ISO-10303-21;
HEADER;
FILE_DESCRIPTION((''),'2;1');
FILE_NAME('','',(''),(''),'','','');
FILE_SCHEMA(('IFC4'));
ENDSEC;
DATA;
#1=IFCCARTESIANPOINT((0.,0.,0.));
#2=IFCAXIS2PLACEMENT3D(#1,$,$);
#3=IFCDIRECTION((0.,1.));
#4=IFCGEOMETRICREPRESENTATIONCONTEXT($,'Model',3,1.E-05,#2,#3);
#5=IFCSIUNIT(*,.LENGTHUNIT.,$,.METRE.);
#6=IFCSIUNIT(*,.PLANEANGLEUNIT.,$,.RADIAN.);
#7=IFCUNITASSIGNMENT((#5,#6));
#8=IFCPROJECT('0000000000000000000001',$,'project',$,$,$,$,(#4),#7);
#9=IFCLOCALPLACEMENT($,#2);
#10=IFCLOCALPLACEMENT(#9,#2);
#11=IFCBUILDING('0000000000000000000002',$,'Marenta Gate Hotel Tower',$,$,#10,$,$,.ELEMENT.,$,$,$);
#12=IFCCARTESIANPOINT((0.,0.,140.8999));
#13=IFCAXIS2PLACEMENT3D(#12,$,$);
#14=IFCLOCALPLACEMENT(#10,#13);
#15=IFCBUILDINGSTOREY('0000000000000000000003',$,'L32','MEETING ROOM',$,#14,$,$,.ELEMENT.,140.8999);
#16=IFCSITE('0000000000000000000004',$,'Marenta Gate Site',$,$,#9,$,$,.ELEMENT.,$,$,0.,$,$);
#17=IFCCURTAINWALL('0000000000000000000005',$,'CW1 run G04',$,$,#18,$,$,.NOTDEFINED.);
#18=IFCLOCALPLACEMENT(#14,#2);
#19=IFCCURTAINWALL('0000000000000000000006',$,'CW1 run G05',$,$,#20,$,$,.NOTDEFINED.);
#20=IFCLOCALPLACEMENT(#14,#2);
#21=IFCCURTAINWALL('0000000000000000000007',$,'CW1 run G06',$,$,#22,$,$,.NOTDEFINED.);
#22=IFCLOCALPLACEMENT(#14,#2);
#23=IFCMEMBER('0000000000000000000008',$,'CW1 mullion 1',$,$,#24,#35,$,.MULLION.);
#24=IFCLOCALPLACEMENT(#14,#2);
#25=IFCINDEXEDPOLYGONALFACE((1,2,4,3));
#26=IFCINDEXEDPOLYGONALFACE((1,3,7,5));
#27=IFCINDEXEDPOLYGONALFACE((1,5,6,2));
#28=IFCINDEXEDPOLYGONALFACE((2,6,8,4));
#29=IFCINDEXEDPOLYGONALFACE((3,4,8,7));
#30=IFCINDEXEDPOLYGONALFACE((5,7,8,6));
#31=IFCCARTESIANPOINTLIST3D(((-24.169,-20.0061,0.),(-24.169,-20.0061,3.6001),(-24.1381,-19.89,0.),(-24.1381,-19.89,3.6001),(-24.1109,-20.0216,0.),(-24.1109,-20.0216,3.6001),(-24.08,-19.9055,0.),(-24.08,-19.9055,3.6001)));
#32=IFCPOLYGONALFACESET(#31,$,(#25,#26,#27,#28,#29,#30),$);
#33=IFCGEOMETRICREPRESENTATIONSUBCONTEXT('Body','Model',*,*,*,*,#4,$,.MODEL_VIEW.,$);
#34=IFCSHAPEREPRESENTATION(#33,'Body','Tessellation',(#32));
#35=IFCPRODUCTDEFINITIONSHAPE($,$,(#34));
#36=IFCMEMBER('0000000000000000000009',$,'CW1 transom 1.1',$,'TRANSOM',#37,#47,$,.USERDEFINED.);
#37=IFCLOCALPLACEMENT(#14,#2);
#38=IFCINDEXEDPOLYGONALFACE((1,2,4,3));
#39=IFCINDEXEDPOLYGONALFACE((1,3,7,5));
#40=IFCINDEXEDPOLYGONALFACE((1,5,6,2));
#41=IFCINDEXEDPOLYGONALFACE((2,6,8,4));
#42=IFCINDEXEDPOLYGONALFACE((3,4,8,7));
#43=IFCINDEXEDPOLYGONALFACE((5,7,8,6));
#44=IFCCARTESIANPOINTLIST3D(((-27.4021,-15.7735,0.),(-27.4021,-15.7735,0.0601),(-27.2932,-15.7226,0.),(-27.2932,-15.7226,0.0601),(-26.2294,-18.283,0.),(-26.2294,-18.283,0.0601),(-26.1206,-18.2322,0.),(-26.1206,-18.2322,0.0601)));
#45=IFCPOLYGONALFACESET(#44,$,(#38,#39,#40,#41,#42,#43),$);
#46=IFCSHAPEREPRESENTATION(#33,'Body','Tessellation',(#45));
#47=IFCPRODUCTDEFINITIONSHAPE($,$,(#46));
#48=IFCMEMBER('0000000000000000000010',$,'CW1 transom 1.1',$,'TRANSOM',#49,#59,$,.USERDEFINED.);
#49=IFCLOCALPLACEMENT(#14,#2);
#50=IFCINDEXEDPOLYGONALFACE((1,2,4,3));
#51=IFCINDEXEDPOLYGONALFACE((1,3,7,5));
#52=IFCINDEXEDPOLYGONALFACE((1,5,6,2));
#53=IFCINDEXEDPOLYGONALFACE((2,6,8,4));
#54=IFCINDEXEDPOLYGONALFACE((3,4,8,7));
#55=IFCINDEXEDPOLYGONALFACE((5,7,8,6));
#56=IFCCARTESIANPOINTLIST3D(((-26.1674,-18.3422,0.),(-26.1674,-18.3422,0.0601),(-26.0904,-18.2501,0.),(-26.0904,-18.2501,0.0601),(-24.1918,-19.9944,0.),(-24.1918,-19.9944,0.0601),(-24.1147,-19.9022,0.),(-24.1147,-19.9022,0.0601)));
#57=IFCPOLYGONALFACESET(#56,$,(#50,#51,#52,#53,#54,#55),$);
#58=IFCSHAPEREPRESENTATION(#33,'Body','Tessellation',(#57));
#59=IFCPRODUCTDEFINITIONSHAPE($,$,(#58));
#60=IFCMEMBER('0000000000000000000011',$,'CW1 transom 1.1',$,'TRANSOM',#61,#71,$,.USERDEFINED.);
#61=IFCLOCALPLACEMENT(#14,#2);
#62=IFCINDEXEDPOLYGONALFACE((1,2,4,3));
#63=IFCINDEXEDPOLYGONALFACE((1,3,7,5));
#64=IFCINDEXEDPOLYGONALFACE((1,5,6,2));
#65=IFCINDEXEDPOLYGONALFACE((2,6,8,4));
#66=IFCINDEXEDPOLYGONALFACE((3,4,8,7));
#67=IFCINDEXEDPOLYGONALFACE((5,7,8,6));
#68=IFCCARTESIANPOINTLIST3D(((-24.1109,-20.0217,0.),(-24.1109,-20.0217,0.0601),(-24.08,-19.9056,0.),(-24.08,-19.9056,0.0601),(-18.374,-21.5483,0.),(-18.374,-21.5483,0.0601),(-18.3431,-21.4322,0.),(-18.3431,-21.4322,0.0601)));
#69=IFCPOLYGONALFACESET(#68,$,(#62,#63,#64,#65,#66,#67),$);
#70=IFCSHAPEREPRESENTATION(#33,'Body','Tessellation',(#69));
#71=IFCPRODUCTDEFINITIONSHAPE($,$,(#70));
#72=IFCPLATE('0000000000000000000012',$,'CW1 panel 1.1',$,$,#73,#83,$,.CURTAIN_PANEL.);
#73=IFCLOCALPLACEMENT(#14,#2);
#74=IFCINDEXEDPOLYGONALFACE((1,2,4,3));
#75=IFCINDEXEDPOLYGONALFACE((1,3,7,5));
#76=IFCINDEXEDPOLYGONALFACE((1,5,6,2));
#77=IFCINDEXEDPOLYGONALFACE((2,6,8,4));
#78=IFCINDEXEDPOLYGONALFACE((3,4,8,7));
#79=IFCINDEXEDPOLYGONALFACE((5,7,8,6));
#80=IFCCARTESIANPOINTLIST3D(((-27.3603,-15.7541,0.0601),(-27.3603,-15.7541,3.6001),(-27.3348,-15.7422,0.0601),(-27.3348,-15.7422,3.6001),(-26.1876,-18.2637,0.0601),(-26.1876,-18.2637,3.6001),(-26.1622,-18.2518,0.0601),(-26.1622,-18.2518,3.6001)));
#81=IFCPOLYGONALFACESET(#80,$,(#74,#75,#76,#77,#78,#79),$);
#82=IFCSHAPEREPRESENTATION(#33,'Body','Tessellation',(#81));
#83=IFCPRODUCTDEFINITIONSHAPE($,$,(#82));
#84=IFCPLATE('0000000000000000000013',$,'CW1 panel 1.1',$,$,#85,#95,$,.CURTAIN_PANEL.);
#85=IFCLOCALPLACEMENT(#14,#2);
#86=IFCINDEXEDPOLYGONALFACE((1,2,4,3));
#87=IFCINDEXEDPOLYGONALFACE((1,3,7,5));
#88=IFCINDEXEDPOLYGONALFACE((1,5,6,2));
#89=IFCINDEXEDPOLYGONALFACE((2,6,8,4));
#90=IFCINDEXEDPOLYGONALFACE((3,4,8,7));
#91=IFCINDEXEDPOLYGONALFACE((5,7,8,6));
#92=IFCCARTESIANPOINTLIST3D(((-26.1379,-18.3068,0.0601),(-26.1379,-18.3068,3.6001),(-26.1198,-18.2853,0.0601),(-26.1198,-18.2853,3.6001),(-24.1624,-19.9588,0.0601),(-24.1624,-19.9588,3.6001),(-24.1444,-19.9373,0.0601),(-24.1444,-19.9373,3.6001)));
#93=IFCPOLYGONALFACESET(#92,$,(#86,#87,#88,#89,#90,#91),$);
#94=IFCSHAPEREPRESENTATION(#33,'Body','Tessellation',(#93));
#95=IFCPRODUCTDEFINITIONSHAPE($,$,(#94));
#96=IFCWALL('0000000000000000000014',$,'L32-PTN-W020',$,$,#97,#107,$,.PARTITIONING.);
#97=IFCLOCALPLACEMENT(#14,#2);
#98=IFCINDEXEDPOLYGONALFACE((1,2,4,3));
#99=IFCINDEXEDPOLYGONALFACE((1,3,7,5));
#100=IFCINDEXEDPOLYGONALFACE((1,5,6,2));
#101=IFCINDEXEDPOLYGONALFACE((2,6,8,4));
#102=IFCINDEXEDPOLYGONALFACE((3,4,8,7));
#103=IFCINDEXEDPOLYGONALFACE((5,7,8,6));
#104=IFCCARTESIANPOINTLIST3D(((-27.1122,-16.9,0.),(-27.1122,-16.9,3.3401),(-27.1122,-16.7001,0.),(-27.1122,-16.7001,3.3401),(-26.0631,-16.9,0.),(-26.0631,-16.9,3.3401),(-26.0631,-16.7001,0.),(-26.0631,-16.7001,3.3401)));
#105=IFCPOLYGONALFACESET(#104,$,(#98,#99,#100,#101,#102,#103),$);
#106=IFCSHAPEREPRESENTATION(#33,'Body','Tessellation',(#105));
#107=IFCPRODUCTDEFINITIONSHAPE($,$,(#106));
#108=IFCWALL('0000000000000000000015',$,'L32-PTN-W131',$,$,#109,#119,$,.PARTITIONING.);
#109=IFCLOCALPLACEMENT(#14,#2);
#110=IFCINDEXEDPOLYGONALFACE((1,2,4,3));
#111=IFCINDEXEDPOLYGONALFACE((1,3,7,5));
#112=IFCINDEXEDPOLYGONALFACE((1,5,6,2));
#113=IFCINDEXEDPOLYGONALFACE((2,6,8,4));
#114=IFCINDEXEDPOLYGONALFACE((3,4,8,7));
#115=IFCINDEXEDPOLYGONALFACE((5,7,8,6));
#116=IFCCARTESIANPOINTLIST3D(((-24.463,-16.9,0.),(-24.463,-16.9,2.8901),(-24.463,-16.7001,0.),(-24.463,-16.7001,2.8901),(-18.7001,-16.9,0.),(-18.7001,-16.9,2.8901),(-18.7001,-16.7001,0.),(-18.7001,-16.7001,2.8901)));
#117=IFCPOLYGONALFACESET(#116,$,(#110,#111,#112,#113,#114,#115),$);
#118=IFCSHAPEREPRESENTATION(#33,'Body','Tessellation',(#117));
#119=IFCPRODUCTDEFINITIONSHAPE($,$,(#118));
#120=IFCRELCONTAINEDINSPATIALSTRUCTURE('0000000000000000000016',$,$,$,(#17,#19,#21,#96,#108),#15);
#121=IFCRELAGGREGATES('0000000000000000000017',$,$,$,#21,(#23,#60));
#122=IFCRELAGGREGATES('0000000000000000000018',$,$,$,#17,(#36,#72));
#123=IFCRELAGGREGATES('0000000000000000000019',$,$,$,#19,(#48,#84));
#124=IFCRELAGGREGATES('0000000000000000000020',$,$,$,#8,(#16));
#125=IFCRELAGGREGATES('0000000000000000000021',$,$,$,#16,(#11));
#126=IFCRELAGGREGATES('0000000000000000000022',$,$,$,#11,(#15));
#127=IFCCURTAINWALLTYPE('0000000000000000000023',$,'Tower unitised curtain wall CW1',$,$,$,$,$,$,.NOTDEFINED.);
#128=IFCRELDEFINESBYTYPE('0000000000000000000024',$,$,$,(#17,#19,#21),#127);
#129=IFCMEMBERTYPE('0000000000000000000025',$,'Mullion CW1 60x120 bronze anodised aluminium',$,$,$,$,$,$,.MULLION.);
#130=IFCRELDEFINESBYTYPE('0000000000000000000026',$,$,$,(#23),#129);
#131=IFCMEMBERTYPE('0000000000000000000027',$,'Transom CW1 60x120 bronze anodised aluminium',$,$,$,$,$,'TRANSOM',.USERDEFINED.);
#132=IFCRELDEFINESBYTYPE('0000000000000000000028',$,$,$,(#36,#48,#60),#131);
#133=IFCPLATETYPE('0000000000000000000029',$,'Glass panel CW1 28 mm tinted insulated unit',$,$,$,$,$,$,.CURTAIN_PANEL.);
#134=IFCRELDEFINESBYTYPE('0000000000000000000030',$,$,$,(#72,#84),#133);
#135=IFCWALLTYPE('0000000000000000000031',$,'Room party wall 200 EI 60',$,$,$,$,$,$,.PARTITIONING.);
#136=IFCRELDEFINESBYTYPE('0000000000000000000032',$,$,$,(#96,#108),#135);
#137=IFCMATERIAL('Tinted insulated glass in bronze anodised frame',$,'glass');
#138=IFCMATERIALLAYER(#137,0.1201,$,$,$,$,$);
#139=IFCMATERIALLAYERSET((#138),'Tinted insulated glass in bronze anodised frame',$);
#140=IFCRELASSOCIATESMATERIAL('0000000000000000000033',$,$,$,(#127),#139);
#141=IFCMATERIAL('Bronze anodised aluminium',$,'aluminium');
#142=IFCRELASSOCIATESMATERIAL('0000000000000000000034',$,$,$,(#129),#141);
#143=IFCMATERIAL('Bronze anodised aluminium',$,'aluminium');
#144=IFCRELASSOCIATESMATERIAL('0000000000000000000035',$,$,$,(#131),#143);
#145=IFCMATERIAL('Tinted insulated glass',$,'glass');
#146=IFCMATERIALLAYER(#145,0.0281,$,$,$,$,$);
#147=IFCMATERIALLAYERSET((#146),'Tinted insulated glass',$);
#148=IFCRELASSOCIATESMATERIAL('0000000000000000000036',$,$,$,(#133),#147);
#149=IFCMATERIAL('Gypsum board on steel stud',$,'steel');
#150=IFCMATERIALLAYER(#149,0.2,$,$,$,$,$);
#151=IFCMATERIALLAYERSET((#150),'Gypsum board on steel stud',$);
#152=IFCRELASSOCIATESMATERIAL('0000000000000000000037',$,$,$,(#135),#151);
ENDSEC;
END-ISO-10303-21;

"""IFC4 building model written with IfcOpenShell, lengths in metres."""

from ifc_helpers import new_model, si_unit, direction, frame, frame_2d, origin, origin_2d, place, context, subcontext, project, spatial, rectangle, extrude, material, layer, layer_set, material_profile, profile_set, type_object, element, aggregate, save


model = new_model("IFC4")

# Units and contexts
model_context = context("Model", 3, precision=1e-05, world=origin(), true_north=direction((0.0, 1.0)))
body_context = subcontext(model_context, "Body", "Model", "MODEL_VIEW")
ifc_project = project(units=[si_unit("LENGTHUNIT", "METRE"), si_unit("PLANEANGLEUNIT", "RADIAN")], contexts=[model_context])

# Site, building, storey
site_placement = place(None, origin())
site = spatial("IfcSite", under=ifc_project, at=site_placement, Name="Marenta Gate Site", CompositionType="ELEMENT", RefElevation=0.0)
building_placement = place(site_placement, origin())
building = spatial("IfcBuilding", under=site, at=building_placement, Name="Marenta Gate Hotel Tower", CompositionType="ELEMENT")
storey_placement = place(building_placement, frame((0.0, 0.0, 140.8999)))
storey = spatial("IfcBuildingStorey", under=building, at=storey_placement, Name="L32", Description="MEETING ROOM", CompositionType="ELEMENT", Elevation=140.8999)

# Curtain walls, member
ifc_material_1 = material(Name="Tinted insulated glass in bronze anodised frame", Category="glass")
ifc_layer_1 = layer(ifc_material_1, 0.1201)
ifc_layer_set_1 = layer_set([ifc_layer_1], Name="Tinted insulated glass in bronze anodised frame")
curtain_wall_type = type_object("IfcCurtainWallType", Name="Tower unitised curtain wall CW1", PredefinedType="NOTDEFINED", material=ifc_layer_set_1)
curtain_wall_1_placement = place(storey_placement, origin())
curtain_wall_1 = element("IfcCurtainWall", 1, at=curtain_wall_1_placement, inside=storey, type_object=curtain_wall_type, Name="CW1 run G04", PredefinedType="NOTDEFINED")
ifc_material_2 = material(Name="Bronze anodised aluminium", Category="aluminium")
ifc_material_profile_1 = material_profile(ifc_material_2, rectangle(XDim=0.1201, YDim=0.0601, at=origin_2d()), Name="Mullion CW1 60x120 bronze anodised aluminium")
ifc_profile_set_1 = profile_set([ifc_material_profile_1], Name="Bronze anodised aluminium")
member_type_1 = type_object("IfcMemberType", Name="Mullion CW1 60x120 bronze anodised aluminium", PredefinedType="MULLION", material=ifc_profile_set_1)
curtain_wall_2_placement = place(storey_placement, origin())
curtain_wall_2 = element("IfcCurtainWall", 2, at=curtain_wall_2_placement, inside=storey, type_object=curtain_wall_type, Name="CW1 run G05", PredefinedType="NOTDEFINED")
curtain_wall_3_placement = place(storey_placement, origin())
curtain_wall_3 = element("IfcCurtainWall", 3, at=curtain_wall_3_placement, inside=storey, type_object=curtain_wall_type, Name="CW1 run G06", PredefinedType="NOTDEFINED")
member_1_placement = place(storey_placement, frame((-24.1245, -19.9558, 0.0), z_axis=(0.0, 0.0, 1.0), x_axis=(0.257144, 0.966373, 0.0)))
member_1 = element("IfcMember", 4, at=member_1_placement, type_object=member_type_1, Name="CW1 mullion 1", PredefinedType="MULLION", context=body_context, shape_type="SweptSolid", body=[
    extrude(rectangle(XDim=0.1201, YDim=0.0601, at=origin_2d()), origin(), (0.0, 0.0, 1.0), 3.6001),
])

# Members
ifc_material_3 = material(Name="Bronze anodised aluminium", Category="aluminium")
ifc_material_profile_2 = material_profile(ifc_material_3, rectangle(XDim=0.1201, YDim=0.0601, at=origin_2d()), Name="Transom CW1 60x120 bronze anodised aluminium")
ifc_profile_set_2 = profile_set([ifc_material_profile_2], Name="Bronze anodised aluminium")
member_type_2 = type_object("IfcMemberType", Name="Transom CW1 60x120 bronze anodised aluminium", ElementType="TRANSOM", PredefinedType="USERDEFINED", material=ifc_profile_set_2)
member_2_placement = place(storey_placement, frame((-27.3477, -15.748, 0.03), z_axis=(0.423329, -0.905976, 0.0), x_axis=(0.905976, 0.423329, 0.0)))
member_2 = element("IfcMember", 5, at=member_2_placement, type_object=member_type_2, Name="CW1 transom 1.1", ObjectType="TRANSOM", PredefinedType="USERDEFINED", context=body_context, shape_type="SweptSolid", body=[
    extrude(rectangle(XDim=0.1201, YDim=0.0601, at=origin_2d()), origin(), (0.0, 0.0, 1.0), 2.77),
])
member_3_placement = place(storey_placement, frame((-26.1289, -18.2961, 0.03), z_axis=(0.767117, -0.641508, 0.0), x_axis=(0.641508, 0.767117, 0.0)))
member_3 = element("IfcMember", 6, at=member_3_placement, type_object=member_type_2, Name="CW1 transom 1.1", ObjectType="TRANSOM", PredefinedType="USERDEFINED", context=body_context, shape_type="SweptSolid", body=[
    extrude(rectangle(XDim=0.1201, YDim=0.0601, at=origin_2d()), origin(), (0.0, 0.0, 1.0), 2.5754),
])
member_4_placement = place(storey_placement, frame((-24.0955, -19.9636, 0.03), z_axis=(0.966369, -0.257158, 0.0), x_axis=(0.257158, 0.966369, 0.0)))
member_4 = element("IfcMember", 7, at=member_4_placement, type_object=member_type_2, Name="CW1 transom 1.1", ObjectType="TRANSOM", PredefinedType="USERDEFINED", context=body_context, shape_type="SweptSolid", body=[
    extrude(rectangle(XDim=0.1201, YDim=0.0601, at=origin_2d()), origin(), (0.0, 0.0, 1.0), 5.9365),
])
aggregate(curtain_wall_3, [member_1, member_4])

# Plates
ifc_material_4 = material(Name="Tinted insulated glass", Category="glass")
ifc_layer_2 = layer(ifc_material_4, 0.0281)
ifc_layer_set_2 = layer_set([ifc_layer_2], Name="Tinted insulated glass")
plate_type = type_object("IfcPlateType", Name="Glass panel CW1 28 mm tinted insulated unit", PredefinedType="CURTAIN_PANEL", material=ifc_layer_set_2)
plate_1_placement = place(storey_placement, frame((-26.7612, -17.0029, 0.0601), z_axis=(0.0, 0.0, 1.0), x_axis=(0.423338, -0.905972, 0.0)))
plate_1 = element("IfcPlate", 8, at=plate_1_placement, type_object=plate_type, Name="CW1 panel 1.1", PredefinedType="CURTAIN_PANEL", context=body_context, shape_type="SweptSolid", body=[
    extrude(rectangle(XDim=2.77, YDim=0.0281, at=origin_2d()), origin(), (0.0, 0.0, 1.0), 3.54),
])
aggregate(curtain_wall_1, [member_2, plate_1])
plate_2_placement = place(storey_placement, frame((-25.1411, -19.1221, 0.0601), z_axis=(0.0, 0.0, 1.0), x_axis=(0.767113, -0.641512, 0.0)))
plate_2 = element("IfcPlate", 9, at=plate_2_placement, type_object=plate_type, Name="CW1 panel 1.1", PredefinedType="CURTAIN_PANEL", context=body_context, shape_type="SweptSolid", body=[
    extrude(rectangle(XDim=2.5752, YDim=0.0281, at=origin_2d()), origin(), (0.0, 0.0, 1.0), 3.54),
])
aggregate(curtain_wall_2, [member_3, plate_2])

# Walls
ifc_material_5 = material(Name="Gypsum board on steel stud", Category="steel")
ifc_layer_3 = layer(ifc_material_5, 0.2)
ifc_layer_set_3 = layer_set([ifc_layer_3], Name="Gypsum board on steel stud")
wall_type = type_object("IfcWallType", Name="Room party wall 200 EI 60", PredefinedType="PARTITIONING", material=ifc_layer_set_3)
wall_1_placement = place(storey_placement, frame((-27.1121, -16.8, 0.0), z_axis=(0.0, 0.0, 1.0), x_axis=(1.0, 0.0, 0.0)))
element("IfcWall", 10, at=wall_1_placement, inside=storey, type_object=wall_type, Name="L32-PTN-W020", PredefinedType="PARTITIONING", context=body_context, shape_type="SweptSolid", body=[
    extrude(rectangle(XDim=1.0491, YDim=0.2, at=frame_2d((0.5244, 0.0))), origin(), (0.0, 0.0, 1.0), 3.3401),
])
wall_2_placement = place(storey_placement, frame((-24.4629, -16.8, 0.0), z_axis=(0.0, 0.0, 1.0), x_axis=(1.0, 0.0, 0.0)))
element("IfcWall", 11, at=wall_2_placement, inside=storey, type_object=wall_type, Name="L32-PTN-W131", PredefinedType="PARTITIONING", context=body_context, shape_type="SweptSolid", body=[
    extrude(rectangle(XDim=5.7629, YDim=0.2, at=frame_2d((2.8813, 0.0))), origin(), (0.0, 0.0, 1.0), 2.8901),
])

save(model, "model.ifc")
